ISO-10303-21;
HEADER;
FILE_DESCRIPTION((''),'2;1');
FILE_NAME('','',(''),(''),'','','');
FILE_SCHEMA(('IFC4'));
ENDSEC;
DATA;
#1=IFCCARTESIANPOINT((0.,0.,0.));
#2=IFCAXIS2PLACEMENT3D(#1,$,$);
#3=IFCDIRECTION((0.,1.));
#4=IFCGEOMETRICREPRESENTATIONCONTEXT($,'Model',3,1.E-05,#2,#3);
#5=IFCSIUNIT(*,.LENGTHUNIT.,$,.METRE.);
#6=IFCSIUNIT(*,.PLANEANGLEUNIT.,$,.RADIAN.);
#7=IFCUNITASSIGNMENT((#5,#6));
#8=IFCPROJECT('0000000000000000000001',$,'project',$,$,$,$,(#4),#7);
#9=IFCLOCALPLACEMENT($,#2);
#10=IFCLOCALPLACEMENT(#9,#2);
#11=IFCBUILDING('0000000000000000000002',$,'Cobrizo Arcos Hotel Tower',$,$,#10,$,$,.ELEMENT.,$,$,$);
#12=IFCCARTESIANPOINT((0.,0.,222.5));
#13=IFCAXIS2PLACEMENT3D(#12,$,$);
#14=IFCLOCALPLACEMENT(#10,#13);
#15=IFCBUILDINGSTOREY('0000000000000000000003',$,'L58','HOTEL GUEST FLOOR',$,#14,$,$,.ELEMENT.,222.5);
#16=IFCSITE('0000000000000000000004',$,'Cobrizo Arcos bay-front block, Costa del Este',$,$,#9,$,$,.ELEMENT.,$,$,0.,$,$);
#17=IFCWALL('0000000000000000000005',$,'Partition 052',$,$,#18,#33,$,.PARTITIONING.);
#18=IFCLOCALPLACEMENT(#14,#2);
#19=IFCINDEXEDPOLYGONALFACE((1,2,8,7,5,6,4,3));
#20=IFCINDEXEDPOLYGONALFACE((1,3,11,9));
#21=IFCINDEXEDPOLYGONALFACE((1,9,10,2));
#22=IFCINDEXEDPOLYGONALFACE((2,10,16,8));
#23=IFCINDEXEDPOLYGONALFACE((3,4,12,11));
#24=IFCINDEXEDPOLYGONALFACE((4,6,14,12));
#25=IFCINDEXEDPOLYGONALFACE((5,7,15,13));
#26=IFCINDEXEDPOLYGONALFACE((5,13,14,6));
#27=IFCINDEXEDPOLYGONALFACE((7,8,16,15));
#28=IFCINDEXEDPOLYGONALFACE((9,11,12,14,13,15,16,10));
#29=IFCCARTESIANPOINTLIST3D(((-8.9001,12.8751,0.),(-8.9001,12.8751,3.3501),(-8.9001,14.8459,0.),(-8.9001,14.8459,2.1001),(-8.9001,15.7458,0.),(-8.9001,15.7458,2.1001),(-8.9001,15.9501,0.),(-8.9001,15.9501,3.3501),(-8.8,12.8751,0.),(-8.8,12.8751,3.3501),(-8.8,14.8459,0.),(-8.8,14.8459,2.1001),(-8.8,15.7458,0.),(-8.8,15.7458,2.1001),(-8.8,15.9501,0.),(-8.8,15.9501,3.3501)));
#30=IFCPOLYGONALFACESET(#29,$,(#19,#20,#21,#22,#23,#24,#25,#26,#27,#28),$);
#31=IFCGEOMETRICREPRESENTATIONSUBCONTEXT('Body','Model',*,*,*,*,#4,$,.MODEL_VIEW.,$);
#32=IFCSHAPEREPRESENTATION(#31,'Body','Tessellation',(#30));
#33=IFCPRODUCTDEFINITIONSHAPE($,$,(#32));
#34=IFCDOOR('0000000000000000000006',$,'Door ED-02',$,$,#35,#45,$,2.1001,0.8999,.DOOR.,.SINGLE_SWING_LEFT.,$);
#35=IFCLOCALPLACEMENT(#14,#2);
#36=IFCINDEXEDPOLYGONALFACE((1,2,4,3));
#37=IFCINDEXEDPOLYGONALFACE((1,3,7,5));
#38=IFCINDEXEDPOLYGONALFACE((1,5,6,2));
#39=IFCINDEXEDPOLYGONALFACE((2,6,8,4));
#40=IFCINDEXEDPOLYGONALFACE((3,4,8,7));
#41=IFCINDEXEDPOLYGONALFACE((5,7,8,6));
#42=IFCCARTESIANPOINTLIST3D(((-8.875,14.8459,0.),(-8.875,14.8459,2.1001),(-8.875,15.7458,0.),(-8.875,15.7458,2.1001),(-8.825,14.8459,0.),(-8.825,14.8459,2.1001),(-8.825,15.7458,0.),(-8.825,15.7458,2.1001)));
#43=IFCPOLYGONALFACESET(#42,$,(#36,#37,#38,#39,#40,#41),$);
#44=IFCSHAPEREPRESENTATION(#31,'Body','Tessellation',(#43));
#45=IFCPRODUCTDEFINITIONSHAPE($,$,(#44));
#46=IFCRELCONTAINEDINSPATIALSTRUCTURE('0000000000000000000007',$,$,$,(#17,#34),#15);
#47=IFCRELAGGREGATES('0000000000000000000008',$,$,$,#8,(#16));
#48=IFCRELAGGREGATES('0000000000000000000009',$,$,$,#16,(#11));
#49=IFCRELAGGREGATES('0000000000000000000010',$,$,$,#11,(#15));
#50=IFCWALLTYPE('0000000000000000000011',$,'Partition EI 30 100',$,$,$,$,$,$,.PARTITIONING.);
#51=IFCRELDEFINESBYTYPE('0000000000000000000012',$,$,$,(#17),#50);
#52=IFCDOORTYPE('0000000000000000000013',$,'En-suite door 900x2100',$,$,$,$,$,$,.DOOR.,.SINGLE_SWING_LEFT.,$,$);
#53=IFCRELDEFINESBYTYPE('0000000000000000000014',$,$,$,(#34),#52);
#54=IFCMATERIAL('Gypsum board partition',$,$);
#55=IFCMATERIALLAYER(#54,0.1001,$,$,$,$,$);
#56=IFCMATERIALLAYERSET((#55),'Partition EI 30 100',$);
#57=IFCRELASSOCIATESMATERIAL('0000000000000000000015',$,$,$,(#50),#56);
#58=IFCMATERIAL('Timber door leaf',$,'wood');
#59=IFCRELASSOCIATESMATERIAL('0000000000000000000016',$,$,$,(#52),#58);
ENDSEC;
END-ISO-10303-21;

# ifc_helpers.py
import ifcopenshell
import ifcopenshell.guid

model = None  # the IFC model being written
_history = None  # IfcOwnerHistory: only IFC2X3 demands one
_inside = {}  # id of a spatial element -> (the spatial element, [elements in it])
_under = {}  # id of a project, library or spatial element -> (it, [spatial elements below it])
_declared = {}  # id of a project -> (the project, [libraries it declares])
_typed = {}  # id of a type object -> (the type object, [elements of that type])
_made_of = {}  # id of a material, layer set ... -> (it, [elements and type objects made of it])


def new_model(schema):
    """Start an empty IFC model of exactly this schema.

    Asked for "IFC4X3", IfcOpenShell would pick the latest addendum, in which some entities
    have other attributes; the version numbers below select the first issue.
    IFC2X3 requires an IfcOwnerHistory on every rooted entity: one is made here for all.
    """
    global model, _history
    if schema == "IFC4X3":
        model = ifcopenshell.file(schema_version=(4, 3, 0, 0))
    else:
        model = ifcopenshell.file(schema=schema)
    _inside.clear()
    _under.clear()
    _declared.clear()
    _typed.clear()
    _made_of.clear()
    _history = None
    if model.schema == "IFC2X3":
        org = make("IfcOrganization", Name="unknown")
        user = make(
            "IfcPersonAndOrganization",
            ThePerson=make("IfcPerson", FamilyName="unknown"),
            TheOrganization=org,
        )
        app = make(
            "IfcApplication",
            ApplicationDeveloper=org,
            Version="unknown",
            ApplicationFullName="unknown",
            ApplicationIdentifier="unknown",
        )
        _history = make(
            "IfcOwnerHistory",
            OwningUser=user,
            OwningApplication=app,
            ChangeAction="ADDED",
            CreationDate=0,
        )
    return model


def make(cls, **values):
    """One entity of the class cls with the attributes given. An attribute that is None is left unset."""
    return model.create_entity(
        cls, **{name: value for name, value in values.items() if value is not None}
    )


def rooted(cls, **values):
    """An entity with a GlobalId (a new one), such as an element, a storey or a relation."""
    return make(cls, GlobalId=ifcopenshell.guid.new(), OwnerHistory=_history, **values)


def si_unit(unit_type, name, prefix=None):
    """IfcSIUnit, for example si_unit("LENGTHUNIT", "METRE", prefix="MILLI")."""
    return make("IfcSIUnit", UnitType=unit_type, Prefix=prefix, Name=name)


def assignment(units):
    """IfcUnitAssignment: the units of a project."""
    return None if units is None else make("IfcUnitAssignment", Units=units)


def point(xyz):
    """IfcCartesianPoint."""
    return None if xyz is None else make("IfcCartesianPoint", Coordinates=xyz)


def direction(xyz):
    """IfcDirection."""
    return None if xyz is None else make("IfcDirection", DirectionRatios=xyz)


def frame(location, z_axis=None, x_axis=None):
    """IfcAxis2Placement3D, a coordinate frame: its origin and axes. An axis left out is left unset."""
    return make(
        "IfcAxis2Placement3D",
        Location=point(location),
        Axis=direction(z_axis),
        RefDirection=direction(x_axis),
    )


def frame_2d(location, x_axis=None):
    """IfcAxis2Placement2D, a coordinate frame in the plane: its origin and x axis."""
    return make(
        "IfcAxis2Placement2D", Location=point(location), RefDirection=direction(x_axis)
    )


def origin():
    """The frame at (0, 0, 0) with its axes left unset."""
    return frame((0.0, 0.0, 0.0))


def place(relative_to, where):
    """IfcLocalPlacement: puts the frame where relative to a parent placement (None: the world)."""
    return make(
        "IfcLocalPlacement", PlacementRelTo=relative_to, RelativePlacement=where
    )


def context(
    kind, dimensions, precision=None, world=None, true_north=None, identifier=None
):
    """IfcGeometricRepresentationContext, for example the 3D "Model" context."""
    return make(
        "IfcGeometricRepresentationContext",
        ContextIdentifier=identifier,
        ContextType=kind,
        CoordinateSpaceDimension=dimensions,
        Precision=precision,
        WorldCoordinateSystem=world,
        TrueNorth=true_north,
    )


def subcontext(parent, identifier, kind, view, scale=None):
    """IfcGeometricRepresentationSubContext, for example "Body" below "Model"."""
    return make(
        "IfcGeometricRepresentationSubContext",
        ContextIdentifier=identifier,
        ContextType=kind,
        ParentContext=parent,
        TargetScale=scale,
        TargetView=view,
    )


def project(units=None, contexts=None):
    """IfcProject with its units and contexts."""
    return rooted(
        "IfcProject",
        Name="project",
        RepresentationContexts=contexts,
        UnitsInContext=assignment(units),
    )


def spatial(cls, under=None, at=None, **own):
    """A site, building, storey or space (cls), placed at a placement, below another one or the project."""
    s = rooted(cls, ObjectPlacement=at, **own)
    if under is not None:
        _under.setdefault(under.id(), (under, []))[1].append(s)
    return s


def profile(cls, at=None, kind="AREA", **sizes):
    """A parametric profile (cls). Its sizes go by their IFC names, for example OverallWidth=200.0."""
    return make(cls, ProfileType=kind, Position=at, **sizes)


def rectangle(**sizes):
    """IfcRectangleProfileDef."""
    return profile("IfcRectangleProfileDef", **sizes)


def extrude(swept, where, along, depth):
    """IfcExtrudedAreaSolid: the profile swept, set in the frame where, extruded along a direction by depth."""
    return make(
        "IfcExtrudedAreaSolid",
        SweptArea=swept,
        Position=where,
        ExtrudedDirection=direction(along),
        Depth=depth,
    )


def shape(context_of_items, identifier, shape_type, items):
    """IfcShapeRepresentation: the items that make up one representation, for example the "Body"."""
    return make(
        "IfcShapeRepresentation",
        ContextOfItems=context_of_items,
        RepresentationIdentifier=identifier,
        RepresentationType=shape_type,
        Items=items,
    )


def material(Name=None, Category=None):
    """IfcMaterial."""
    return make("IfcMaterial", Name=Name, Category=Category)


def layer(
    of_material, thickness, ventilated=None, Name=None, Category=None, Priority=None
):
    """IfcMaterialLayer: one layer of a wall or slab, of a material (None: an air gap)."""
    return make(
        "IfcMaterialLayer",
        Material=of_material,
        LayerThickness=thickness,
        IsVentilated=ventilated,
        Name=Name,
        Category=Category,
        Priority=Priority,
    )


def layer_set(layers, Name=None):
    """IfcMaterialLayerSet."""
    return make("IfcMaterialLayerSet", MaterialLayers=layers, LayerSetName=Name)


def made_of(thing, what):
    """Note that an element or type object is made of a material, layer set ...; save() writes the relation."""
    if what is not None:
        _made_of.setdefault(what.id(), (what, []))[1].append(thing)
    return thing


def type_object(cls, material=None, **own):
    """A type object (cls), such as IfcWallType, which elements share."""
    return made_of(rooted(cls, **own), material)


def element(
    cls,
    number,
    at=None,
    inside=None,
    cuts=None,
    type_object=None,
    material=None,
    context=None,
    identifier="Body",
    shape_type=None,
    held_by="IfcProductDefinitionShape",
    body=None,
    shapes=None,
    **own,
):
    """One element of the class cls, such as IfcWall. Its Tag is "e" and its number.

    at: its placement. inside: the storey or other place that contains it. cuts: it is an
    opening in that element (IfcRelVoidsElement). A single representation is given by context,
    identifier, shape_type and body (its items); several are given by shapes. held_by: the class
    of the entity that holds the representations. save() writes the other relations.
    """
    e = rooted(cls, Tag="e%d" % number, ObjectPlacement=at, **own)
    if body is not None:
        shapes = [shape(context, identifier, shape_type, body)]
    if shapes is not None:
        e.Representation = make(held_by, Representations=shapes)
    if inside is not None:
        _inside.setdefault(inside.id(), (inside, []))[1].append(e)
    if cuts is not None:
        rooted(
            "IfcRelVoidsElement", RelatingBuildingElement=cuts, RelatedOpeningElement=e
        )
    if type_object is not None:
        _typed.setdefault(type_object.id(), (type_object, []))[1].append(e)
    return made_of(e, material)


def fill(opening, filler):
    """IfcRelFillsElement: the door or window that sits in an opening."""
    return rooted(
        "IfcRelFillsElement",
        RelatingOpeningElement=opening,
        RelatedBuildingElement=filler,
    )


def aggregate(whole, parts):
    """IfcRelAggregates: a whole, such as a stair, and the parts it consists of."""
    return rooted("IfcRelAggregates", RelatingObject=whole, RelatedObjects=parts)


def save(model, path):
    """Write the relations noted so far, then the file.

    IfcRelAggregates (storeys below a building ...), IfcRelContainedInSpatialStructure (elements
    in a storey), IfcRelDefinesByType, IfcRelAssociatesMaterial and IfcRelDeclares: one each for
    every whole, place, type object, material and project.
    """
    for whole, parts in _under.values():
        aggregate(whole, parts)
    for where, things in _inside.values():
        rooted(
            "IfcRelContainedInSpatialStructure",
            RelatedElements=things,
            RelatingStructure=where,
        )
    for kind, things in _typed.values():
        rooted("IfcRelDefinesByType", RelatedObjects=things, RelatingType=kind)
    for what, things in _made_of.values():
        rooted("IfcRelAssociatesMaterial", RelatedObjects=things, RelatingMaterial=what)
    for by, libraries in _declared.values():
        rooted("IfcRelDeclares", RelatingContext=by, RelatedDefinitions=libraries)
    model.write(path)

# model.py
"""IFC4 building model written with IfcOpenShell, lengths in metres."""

from ifc_helpers import new_model, si_unit, direction, frame, frame_2d, origin, place, context, subcontext, project, spatial, rectangle, extrude, material, layer, layer_set, type_object, element, fill, save


model = new_model("IFC4")

# Units and contexts
model_context = context("Model", 3, precision=1e-05, world=origin(), true_north=direction((0.0, 1.0)))
body_context = subcontext(model_context, "Body", "Model", "MODEL_VIEW")
ifc_project = project(units=[si_unit("LENGTHUNIT", "METRE"), si_unit("PLANEANGLEUNIT", "RADIAN")], contexts=[model_context])

# Site, building, storey
site_placement = place(None, origin())
site = spatial("IfcSite", under=ifc_project, at=site_placement, Name="Cobrizo Arcos bay-front block, Costa del Este", CompositionType="ELEMENT", RefElevation=0.0)
building_placement = place(site_placement, origin())
building = spatial("IfcBuilding", under=site, at=building_placement, Name="Cobrizo Arcos Hotel Tower", CompositionType="ELEMENT")
storey_placement = place(building_placement, frame((0.0, 0.0, 222.5)))
storey = spatial("IfcBuildingStorey", under=building, at=storey_placement, Name="L58", Description="HOTEL GUEST FLOOR", CompositionType="ELEMENT", Elevation=222.5)

# Shared definitions
ifc_material_1 = material(Name="Gypsum board partition")
ifc_layer_1 = layer(ifc_material_1, 0.1001)
ifc_layer_set_1 = layer_set([ifc_layer_1], Name="Partition EI 30 100")
wall_type = type_object("IfcWallType", Name="Partition EI 30 100", PredefinedType="PARTITIONING", material=ifc_layer_set_1)

# Wall, opening, door
ifc_material_2 = material(Name="Timber door leaf", Category="wood")
door_type = type_object("IfcDoorType", Name="En-suite door 900x2100", OperationType="SINGLE_SWING_LEFT", PredefinedType="DOOR", material=ifc_material_2)
wall_1_placement = place(storey_placement, frame((-8.8501, 12.875, 0.0), z_axis=(0.0, 0.0, 1.0), x_axis=(0.0, 1.0, 0.0)))
wall_1 = element("IfcWall", 1, at=wall_1_placement, inside=storey, type_object=wall_type, Name="Partition 052", PredefinedType="PARTITIONING", context=body_context, shape_type="SweptSolid", body=[
    extrude(rectangle(XDim=3.075, YDim=0.1001, at=frame_2d((1.5376, 0.0))), origin(), (0.0, 0.0, 1.0), 3.3501),
])
opening_1_placement = place(wall_1_placement, frame((1.9709, 0.0, 0.0)))
opening_1 = element("IfcOpeningElement", 2, at=opening_1_placement, cuts=wall_1, PredefinedType="OPENING", context=body_context, shape_type="SweptSolid", body=[
    extrude(rectangle(XDim=0.8999, YDim=2.1001, at=frame_2d((0.45, 1.05))), frame((0.0, 0.062, 0.0), z_axis=(0.0, -1.0, 0.0), x_axis=(1.0, 0.0, 0.0)), (0.0, 0.0, 1.0), 0.124),
])
door_1_placement = place(opening_1_placement, origin())
door_1 = element("IfcDoor", 3, at=door_1_placement, inside=storey, type_object=door_type, Name="Door ED-02", OperationType="SINGLE_SWING_LEFT", OverallHeight=2.1001, OverallWidth=0.8999, PredefinedType="DOOR", context=body_context, shape_type="SweptSolid", body=[
    extrude(rectangle(XDim=0.8999, YDim=2.1001, at=frame_2d((0.45, 1.05))), frame((0.0, 0.0249, 0.0), z_axis=(0.0, -1.0, 0.0), x_axis=(1.0, 0.0, 0.0)), (0.0, 0.0, 1.0), 0.05),
])
fill(opening_1, door_1)

save(model, "model.ifc")
